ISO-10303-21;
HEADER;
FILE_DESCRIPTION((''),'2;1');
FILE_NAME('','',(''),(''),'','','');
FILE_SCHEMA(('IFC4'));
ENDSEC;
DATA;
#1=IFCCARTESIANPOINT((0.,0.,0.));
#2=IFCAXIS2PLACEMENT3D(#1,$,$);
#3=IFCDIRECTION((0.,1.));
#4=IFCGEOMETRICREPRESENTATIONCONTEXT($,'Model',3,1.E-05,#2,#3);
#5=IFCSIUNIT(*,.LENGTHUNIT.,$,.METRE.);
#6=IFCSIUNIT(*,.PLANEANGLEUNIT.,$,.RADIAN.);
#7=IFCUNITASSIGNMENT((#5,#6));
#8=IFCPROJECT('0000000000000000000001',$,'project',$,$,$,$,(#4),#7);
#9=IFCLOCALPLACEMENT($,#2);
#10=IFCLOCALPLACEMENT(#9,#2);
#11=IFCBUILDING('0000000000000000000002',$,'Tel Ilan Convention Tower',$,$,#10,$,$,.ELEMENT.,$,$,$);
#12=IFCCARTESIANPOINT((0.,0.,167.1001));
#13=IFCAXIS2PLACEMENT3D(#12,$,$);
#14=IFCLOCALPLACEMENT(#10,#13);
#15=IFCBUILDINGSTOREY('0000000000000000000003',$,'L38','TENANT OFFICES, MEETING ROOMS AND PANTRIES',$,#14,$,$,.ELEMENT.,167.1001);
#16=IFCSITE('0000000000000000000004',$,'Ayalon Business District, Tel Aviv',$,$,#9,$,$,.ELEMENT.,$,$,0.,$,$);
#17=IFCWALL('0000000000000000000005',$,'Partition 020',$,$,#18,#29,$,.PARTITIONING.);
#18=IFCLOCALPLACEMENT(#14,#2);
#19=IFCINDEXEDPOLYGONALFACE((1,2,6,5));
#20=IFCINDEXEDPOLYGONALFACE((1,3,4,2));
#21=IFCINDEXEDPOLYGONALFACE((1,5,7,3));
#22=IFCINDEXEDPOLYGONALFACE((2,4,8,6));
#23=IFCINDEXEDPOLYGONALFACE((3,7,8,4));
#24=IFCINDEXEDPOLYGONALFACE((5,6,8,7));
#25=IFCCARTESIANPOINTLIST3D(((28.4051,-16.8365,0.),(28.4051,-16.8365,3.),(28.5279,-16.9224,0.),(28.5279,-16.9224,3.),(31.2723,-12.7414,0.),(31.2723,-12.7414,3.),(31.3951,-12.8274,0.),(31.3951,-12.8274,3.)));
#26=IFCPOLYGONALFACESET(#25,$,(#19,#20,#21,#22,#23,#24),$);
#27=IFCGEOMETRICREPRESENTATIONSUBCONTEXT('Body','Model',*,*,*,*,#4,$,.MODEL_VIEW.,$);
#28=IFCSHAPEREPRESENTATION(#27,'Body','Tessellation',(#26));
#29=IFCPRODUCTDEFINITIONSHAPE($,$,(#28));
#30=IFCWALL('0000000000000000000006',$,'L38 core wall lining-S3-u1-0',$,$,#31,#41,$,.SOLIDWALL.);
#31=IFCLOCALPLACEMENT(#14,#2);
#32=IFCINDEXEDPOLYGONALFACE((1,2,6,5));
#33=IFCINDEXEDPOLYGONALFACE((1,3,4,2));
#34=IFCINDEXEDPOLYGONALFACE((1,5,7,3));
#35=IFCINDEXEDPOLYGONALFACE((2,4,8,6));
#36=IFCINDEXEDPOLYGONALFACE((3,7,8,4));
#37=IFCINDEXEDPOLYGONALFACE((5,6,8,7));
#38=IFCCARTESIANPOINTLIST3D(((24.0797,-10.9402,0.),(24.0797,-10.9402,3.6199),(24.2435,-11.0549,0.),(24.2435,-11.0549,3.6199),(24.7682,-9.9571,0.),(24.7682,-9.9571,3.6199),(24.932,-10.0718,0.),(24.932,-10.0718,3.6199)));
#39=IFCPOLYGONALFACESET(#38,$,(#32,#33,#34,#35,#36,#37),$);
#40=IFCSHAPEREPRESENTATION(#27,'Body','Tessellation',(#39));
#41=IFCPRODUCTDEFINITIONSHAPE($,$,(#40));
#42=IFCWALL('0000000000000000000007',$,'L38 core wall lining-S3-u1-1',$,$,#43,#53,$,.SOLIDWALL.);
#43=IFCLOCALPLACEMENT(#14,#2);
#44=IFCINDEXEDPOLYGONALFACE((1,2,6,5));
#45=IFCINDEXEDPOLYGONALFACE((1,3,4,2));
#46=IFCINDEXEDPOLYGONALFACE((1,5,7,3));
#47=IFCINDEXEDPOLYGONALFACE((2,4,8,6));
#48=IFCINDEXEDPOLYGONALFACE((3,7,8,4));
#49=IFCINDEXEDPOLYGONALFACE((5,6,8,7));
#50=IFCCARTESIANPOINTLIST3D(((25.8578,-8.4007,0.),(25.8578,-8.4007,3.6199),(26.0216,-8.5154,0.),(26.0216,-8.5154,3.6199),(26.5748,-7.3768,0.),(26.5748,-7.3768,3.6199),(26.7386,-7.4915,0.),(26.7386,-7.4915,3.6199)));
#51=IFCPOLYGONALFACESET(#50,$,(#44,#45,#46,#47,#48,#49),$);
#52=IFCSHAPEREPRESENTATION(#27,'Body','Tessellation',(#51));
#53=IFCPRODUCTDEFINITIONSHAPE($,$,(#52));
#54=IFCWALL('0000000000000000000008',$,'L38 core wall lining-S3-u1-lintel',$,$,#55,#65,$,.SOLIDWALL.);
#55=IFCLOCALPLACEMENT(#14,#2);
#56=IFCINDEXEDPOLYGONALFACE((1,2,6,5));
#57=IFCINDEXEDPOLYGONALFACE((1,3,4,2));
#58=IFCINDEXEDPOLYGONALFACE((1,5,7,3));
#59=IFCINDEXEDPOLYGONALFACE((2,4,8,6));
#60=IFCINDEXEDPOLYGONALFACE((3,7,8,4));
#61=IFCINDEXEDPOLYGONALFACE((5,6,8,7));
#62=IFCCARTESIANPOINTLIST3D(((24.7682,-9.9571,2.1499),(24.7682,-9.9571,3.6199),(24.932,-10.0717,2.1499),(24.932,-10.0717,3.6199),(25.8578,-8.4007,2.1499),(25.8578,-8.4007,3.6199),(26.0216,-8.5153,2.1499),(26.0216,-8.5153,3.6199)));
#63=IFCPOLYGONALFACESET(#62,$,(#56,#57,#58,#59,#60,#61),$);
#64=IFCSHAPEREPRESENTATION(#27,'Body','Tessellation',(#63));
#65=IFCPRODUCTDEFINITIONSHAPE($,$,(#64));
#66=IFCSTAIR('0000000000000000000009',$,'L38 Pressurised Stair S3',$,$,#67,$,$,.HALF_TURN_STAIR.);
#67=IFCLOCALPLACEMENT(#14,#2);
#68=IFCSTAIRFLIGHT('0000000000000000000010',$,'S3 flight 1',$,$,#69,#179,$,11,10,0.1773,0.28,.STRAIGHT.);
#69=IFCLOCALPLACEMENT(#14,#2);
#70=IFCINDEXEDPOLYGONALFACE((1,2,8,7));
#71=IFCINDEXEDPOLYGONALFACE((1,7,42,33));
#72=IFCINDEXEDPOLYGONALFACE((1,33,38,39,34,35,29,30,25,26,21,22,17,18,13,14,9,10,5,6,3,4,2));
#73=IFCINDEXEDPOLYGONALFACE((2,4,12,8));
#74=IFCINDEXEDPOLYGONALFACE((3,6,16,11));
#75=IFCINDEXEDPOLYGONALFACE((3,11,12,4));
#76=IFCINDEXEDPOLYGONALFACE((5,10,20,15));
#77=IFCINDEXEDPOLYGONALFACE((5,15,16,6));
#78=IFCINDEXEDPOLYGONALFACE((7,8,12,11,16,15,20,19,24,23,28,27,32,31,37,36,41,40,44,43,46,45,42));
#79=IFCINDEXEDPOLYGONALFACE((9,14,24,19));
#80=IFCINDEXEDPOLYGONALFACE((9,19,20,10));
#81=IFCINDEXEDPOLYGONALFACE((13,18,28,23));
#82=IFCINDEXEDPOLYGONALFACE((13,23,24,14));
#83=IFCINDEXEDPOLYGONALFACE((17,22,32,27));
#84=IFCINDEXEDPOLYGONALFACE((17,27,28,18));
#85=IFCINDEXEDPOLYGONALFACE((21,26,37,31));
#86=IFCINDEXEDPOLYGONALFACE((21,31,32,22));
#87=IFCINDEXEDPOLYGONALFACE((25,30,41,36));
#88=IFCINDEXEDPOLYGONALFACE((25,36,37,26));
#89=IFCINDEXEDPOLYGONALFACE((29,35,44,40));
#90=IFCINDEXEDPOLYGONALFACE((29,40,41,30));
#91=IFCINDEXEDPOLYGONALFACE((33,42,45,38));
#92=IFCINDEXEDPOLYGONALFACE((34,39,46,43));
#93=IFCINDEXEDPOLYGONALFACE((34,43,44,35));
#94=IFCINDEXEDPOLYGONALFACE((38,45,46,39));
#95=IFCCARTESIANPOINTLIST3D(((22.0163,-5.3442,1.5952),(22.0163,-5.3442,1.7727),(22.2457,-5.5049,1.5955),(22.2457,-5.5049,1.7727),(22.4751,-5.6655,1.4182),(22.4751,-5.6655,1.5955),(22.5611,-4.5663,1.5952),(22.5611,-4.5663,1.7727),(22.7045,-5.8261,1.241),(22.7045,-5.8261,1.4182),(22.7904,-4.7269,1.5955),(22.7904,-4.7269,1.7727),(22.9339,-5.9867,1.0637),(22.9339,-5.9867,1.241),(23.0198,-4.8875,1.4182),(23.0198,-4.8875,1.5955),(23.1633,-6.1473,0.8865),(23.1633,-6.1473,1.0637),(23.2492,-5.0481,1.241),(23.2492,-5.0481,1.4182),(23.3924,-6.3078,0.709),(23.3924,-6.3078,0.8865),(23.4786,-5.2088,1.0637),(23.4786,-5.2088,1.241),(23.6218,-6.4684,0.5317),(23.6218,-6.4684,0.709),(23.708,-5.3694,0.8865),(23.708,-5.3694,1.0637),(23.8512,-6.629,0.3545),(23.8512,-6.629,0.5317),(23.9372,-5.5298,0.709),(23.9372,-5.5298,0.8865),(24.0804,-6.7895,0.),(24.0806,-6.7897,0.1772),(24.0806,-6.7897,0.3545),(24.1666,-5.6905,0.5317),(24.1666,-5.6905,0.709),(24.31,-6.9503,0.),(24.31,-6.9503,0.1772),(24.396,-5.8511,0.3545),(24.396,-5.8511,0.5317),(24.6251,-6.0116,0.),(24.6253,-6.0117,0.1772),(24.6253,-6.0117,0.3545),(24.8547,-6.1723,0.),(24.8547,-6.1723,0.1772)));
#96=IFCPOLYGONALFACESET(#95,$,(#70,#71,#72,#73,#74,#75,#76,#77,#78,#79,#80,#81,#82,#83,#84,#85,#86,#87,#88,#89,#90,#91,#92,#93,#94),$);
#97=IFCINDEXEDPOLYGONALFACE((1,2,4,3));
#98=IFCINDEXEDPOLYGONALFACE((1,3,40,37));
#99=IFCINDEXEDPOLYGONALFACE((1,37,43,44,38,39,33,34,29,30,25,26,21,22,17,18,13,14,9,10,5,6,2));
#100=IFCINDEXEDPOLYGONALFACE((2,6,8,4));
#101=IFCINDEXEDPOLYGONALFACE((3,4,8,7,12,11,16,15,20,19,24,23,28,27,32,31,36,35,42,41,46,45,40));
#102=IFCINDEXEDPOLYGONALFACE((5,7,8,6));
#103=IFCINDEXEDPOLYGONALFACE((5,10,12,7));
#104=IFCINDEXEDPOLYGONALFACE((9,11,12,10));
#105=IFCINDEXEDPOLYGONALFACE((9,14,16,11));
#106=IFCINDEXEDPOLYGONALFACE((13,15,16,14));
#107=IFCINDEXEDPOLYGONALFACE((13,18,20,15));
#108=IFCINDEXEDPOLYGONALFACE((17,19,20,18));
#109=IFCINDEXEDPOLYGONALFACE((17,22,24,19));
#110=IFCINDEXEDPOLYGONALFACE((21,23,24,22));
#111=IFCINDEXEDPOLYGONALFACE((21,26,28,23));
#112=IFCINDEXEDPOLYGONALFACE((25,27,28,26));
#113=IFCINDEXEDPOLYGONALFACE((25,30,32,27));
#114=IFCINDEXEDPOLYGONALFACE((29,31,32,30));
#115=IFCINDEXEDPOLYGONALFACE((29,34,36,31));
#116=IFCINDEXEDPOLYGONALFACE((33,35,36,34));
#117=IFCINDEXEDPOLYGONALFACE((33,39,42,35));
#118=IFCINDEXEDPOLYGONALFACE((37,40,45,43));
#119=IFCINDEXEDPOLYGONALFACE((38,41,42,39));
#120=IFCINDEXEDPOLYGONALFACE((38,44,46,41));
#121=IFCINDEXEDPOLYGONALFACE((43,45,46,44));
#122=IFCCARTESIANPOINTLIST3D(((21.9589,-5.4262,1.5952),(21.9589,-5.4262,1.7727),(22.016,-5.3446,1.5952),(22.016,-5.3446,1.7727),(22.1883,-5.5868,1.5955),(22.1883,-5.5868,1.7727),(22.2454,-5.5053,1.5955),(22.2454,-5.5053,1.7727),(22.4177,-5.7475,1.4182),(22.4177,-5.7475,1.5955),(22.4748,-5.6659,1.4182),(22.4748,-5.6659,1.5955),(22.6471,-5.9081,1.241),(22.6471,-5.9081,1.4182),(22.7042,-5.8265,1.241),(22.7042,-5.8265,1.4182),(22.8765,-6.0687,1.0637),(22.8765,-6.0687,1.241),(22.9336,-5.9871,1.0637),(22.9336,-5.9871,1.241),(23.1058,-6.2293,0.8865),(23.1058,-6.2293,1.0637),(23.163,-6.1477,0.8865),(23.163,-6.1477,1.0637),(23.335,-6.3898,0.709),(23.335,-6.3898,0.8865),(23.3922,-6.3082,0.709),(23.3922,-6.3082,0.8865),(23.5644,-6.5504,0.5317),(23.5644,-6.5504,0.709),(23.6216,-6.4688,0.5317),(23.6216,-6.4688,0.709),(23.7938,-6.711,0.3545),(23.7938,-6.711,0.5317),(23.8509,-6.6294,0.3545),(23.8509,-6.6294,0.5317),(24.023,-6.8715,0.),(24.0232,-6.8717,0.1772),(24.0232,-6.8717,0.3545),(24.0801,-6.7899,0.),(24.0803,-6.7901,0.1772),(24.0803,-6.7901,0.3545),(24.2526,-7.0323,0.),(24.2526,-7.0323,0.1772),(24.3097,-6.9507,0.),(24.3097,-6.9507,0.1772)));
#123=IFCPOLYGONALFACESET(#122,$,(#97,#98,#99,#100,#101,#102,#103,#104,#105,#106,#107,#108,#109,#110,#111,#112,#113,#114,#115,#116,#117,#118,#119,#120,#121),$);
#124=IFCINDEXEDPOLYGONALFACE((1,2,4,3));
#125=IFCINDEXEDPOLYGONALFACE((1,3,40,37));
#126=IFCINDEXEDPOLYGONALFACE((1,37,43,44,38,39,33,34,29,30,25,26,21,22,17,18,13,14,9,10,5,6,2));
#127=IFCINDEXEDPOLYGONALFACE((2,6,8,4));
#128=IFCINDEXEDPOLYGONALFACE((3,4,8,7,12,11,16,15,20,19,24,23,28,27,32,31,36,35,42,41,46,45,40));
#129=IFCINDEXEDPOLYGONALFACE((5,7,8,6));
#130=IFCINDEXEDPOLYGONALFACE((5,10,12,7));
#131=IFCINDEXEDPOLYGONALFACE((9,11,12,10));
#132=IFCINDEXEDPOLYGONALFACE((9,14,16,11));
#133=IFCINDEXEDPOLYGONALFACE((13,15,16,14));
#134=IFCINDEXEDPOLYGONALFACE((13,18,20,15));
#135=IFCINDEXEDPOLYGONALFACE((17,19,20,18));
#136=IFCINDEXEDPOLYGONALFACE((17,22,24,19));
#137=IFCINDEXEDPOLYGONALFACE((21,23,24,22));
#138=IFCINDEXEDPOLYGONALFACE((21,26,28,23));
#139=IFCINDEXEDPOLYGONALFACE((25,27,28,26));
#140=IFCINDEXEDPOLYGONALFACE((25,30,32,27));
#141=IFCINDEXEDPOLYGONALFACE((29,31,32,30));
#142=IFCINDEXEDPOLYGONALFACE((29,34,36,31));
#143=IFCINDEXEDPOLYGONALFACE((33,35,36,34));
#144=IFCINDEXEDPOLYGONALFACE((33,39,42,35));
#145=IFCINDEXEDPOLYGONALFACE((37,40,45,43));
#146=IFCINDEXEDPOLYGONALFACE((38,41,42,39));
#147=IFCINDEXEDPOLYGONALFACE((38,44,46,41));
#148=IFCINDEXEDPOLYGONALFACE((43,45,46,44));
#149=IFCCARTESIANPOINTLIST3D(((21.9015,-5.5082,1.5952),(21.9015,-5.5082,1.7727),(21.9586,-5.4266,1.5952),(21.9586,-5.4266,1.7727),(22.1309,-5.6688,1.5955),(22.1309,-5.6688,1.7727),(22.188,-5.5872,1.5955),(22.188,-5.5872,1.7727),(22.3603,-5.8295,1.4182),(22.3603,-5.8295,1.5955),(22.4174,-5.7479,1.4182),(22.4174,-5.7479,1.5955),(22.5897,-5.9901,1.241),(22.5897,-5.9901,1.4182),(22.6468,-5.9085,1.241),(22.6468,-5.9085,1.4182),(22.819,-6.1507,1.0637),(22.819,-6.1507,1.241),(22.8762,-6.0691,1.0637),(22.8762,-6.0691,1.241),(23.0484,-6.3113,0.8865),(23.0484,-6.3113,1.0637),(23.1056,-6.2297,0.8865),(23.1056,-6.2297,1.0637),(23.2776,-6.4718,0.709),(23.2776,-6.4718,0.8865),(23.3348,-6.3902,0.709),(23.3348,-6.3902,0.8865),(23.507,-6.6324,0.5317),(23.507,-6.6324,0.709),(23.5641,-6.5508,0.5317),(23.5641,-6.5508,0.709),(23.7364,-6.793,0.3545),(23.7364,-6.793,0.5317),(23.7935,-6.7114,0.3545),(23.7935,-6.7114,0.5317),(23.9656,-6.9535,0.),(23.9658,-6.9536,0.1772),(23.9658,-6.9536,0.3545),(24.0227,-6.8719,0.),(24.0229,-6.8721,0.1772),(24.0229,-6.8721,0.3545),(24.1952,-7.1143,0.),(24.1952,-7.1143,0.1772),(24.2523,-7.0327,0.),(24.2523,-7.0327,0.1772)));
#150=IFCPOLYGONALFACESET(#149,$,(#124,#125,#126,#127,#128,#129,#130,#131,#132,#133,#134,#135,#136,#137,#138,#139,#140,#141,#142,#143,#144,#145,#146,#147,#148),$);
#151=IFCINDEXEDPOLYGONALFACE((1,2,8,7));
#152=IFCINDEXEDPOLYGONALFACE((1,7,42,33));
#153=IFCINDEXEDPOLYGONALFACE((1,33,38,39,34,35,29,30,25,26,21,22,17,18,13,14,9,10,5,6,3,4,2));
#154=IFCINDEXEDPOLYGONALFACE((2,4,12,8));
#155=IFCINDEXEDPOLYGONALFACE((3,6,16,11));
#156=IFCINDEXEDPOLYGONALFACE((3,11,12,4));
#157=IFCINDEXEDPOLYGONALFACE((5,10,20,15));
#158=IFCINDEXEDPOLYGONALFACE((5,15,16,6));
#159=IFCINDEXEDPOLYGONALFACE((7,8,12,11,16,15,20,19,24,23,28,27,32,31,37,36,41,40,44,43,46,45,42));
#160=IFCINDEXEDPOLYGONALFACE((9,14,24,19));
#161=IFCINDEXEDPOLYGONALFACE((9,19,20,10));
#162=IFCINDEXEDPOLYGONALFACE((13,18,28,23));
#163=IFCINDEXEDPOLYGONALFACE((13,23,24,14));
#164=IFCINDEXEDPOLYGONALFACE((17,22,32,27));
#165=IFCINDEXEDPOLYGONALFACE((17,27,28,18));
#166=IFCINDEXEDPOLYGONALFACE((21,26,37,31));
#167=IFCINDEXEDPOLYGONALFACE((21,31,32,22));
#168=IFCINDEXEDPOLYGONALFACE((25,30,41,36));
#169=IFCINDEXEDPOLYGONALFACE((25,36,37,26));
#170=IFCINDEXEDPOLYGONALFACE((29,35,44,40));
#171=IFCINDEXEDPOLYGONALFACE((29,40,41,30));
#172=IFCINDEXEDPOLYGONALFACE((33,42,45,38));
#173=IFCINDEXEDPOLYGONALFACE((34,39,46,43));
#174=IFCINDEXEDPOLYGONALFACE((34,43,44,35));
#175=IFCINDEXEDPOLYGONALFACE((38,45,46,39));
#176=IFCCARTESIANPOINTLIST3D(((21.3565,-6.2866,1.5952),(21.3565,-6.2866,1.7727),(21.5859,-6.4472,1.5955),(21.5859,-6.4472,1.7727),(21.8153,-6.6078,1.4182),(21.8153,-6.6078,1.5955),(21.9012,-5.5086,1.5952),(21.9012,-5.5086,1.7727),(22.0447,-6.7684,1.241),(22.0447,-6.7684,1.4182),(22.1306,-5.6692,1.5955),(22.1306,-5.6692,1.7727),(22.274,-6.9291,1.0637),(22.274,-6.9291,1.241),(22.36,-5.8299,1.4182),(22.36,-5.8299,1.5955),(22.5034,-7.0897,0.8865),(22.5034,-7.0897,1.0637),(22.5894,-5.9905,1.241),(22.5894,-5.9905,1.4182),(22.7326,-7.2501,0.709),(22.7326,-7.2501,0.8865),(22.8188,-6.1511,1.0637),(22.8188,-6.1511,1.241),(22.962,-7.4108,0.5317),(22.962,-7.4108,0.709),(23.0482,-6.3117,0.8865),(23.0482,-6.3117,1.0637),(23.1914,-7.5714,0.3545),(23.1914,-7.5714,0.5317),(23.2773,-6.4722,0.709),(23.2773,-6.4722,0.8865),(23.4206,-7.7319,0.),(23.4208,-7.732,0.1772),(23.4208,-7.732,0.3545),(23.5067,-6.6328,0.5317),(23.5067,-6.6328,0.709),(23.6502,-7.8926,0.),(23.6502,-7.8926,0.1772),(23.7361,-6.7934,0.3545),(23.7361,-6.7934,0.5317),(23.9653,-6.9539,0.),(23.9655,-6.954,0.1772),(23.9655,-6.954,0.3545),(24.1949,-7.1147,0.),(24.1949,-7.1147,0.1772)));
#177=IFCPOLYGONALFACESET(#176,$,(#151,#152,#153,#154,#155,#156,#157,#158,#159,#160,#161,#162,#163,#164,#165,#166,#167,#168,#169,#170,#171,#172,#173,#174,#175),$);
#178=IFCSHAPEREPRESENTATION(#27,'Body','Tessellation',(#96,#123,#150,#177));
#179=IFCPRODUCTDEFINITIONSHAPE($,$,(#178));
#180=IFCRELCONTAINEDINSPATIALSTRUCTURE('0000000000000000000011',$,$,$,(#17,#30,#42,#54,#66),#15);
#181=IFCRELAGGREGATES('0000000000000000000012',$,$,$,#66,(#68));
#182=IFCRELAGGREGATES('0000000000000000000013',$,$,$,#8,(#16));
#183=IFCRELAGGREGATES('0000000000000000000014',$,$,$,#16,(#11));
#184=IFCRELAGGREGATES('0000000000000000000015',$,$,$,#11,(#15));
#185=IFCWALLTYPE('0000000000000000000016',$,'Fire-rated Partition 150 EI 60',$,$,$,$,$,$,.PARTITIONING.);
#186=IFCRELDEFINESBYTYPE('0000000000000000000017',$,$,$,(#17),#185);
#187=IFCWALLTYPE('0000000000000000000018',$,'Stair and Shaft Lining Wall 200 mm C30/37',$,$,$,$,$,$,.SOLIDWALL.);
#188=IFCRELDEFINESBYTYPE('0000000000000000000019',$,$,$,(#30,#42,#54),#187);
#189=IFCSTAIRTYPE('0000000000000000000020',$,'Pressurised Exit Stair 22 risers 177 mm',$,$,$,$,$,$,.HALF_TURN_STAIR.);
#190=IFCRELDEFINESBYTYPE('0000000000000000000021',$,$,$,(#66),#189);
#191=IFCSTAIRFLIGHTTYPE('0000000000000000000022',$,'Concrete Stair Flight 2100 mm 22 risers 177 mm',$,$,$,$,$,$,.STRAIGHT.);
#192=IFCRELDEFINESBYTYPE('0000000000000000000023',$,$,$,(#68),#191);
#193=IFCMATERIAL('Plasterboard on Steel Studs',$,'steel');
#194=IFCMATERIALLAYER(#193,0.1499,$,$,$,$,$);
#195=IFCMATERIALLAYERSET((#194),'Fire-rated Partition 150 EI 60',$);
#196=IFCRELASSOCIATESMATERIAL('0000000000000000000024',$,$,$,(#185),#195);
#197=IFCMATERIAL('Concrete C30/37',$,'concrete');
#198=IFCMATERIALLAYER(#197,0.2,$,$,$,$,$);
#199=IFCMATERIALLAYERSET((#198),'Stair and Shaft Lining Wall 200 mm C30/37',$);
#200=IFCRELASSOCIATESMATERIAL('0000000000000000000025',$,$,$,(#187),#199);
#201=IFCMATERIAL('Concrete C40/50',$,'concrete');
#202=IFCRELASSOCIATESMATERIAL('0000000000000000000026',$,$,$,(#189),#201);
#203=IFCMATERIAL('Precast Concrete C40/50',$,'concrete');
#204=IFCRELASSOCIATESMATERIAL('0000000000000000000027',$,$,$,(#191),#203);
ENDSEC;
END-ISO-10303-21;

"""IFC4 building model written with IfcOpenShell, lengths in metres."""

from ifc_helpers import new_model, si_unit, direction, frame, frame_2d, origin, place, context, subcontext, project, spatial, polyline, rectangle, outline, extrude, material, layer, layer_set, type_object, element, aggregate, save


model = new_model("IFC4")

# Units and contexts
model_context = context("Model", 3, precision=1e-05, world=origin(), true_north=direction((0.0, 1.0)))
body_context = subcontext(model_context, "Body", "Model", "MODEL_VIEW")
ifc_project = project(units=[si_unit("LENGTHUNIT", "METRE"), si_unit("PLANEANGLEUNIT", "RADIAN")], contexts=[model_context])

# Site, building, storey
site_placement = place(None, origin())
site = spatial("IfcSite", under=ifc_project, at=site_placement, Name="Ayalon Business District, Tel Aviv", CompositionType="ELEMENT", RefElevation=0.0)
building_placement = place(site_placement, origin())
building = spatial("IfcBuilding", under=site, at=building_placement, Name="Tel Ilan Convention Tower", CompositionType="ELEMENT")
storey_placement = place(building_placement, frame((0.0, 0.0, 167.1001)))
storey = spatial("IfcBuildingStorey", under=building, at=storey_placement, Name="L38", Description="TENANT OFFICES, MEETING ROOMS AND PANTRIES", CompositionType="ELEMENT", Elevation=167.1001)

# Walls
ifc_material_1 = material(Name="Plasterboard on Steel Studs", Category="steel")
ifc_layer_1 = layer(ifc_material_1, 0.1499)
ifc_layer_set_1 = layer_set([ifc_layer_1], Name="Fire-rated Partition 150 EI 60")
wall_type_1 = type_object("IfcWallType", Name="Fire-rated Partition 150 EI 60", PredefinedType="PARTITIONING", material=ifc_layer_set_1)
wall_1_placement = place(storey_placement, frame((31.3337, -12.7844, 0.0), z_axis=(0.0, 0.0, 1.0), x_axis=(-0.573557, -0.819165, 0.0)))
element("IfcWall", 1, at=wall_1_placement, inside=storey, type_object=wall_type_1, Name="Partition 020", PredefinedType="PARTITIONING", context=body_context, shape_type="SweptSolid", body=[
    extrude(rectangle(XDim=4.999, YDim=0.1499, at=frame_2d((2.4995, 0.0))), origin(), (0.0, 0.0, 1.0), 3.0),
])
ifc_material_2 = material(Name="Concrete C30/37", Category="concrete")
ifc_layer_2 = layer(ifc_material_2, 0.2)
ifc_layer_set_2 = layer_set([ifc_layer_2], Name="Stair and Shaft Lining Wall 200 mm C30/37")
wall_type_2 = type_object("IfcWallType", Name="Stair and Shaft Lining Wall 200 mm C30/37", PredefinedType="SOLIDWALL", material=ifc_layer_set_2)
wall_2_placement = place(storey_placement, frame((24.1616, -10.9976, 0.0), z_axis=(0.0, 0.0, 1.0), x_axis=(0.573613, 0.819127, 0.0)))
element("IfcWall", 2, at=wall_2_placement, inside=storey, type_object=wall_type_2, Name="L38 core wall lining-S3-u1-0", PredefinedType="SOLIDWALL", context=body_context, shape_type="SweptSolid", body=[
    extrude(rectangle(XDim=1.2002, YDim=0.2, at=frame_2d((0.6001, 0.0))), origin(), (0.0, 0.0, 1.0), 3.6199),
])
wall_3_placement = place(storey_placement, frame((25.9397, -8.458, 0.0), z_axis=(0.0, 0.0, 1.0), x_axis=(0.57362, 0.819122, 0.0)))
element("IfcWall", 3, at=wall_3_placement, inside=storey, type_object=wall_type_2, Name="L38 core wall lining-S3-u1-1", PredefinedType="SOLIDWALL", context=body_context, shape_type="SweptSolid", body=[
    extrude(rectangle(XDim=1.25, YDim=0.2, at=frame_2d((0.625, 0.0))), origin(), (0.0, 0.0, 1.0), 3.6199),
])
wall_4_placement = place(storey_placement, frame((24.8501, -10.0144, 2.1499), z_axis=(0.0, 0.0, 1.0), x_axis=(0.573505, 0.819202, 0.0)))
element("IfcWall", 4, at=wall_4_placement, inside=storey, type_object=wall_type_2, Name="L38 core wall lining-S3-u1-lintel", PredefinedType="SOLIDWALL", context=body_context, shape_type="SweptSolid", body=[
    extrude(rectangle(XDim=1.8999, YDim=0.2, at=frame_2d((0.95, 0.0))), origin(), (0.0, 0.0, 1.0), 1.47),
])

# Stair, stair flight
ifc_material_3 = material(Name="Concrete C40/50", Category="concrete")
stair_type = type_object("IfcStairType", Name="Pressurised Exit Stair 22 risers 177 mm", PredefinedType="HALF_TURN_STAIR", material=ifc_material_3)
stair_placement = place(storey_placement, origin())
stair = element("IfcStair", 5, at=stair_placement, inside=storey, type_object=stair_type, Name="L38 Pressurised Stair S3", PredefinedType="HALF_TURN_STAIR")
ifc_material_4 = material(Name="Precast Concrete C40/50", Category="concrete")
stair_flight_type = type_object("IfcStairFlightType", Name="Concrete Stair Flight 2100 mm 22 risers 177 mm", PredefinedType="STRAIGHT", material=ifc_material_4)
stair_flight_placement = place(storey_placement, frame((24.2524, -7.0325, 0.0), z_axis=(0.0, 0.0, 1.0), x_axis=(-0.819152, 0.573576, 0.0)))
stair_flight = element("IfcStairFlight", 6, at=stair_flight_placement, type_object=stair_flight_type, Name="S3 flight 1", NumberOfRisers=11, NumberOfTreads=10, PredefinedType="STRAIGHT", RiserHeight=0.1773, TreadLength=0.28, context=body_context, shape_type="SweptSolid", body=[
    extrude(outline(polyline([(0.0, 0.0), (0.0, 0.1772), (0.28, 0.1772), (0.28, 0.3545), (0.5601, 0.3545), (0.5601, 0.5317), (0.8401, 0.5317), (0.8401, 0.709), (1.1201, 0.709), (1.1201, 0.8865), (1.3999, 0.8865), (1.3999, 1.0637), (1.6799, 1.0637), (1.6799, 1.241), (1.96, 1.241), (1.96, 1.4182), (2.24, 1.4182), (2.24, 1.5955), (2.52, 1.5955), (2.52, 1.7727), (2.8, 1.7727), (2.8, 1.95), (2.8, 1.5952), (0.2803, 0.0), (0.0, 0.0)])), frame((0.0, -0.1003, 0.0), z_axis=(0.0, -1.0, 0.0), x_axis=(1.0, 0.0, 0.0)), (0.0, 0.0, 1.0), 0.9497),
    extrude(outline(polyline([(0.0, 0.0), (0.0, 0.1772), (0.28, 0.1772), (0.28, 0.3545), (0.5601, 0.3545), (0.5601, 0.5317), (0.8401, 0.5317), (0.8401, 0.709), (1.1201, 0.709), (1.1201, 0.8865), (1.3999, 0.8865), (1.3999, 1.0637), (1.6799, 1.0637), (1.6799, 1.241), (1.96, 1.241), (1.96, 1.4182), (2.24, 1.4182), (2.24, 1.5955), (2.52, 1.5955), (2.52, 1.7727), (2.8, 1.7727), (2.8, 1.95), (2.8, 1.5952), (0.2803, 0.0), (0.0, 0.0)])), frame((0.0, -0.0002, 0.0), z_axis=(0.0, -1.0, 0.0), x_axis=(1.0, 0.0, 0.0)), (0.0, 0.0, 1.0), 0.0996),
    extrude(outline(polyline([(0.0, 0.0), (0.0, 0.1772), (0.28, 0.1772), (0.28, 0.3545), (0.5601, 0.3545), (0.5601, 0.5317), (0.8401, 0.5317), (0.8401, 0.709), (1.1201, 0.709), (1.1201, 0.8865), (1.3999, 0.8865), (1.3999, 1.0637), (1.6799, 1.0637), (1.6799, 1.241), (1.96, 1.241), (1.96, 1.4182), (2.24, 1.4182), (2.24, 1.5955), (2.52, 1.5955), (2.52, 1.7727), (2.8, 1.7727), (2.8, 1.95), (2.8, 1.5952), (0.2803, 0.0), (0.0, 0.0)])), frame((0.0, 0.0999, 0.0), z_axis=(0.0, -1.0, 0.0), x_axis=(1.0, 0.0, 0.0)), (0.0, 0.0, 1.0), 0.0996),
    extrude(outline(polyline([(0.0, 0.0), (0.0, 0.1772), (0.28, 0.1772), (0.28, 0.3545), (0.5601, 0.3545), (0.5601, 0.5317), (0.8401, 0.5317), (0.8401, 0.709), (1.1201, 0.709), (1.1201, 0.8865), (1.3999, 0.8865), (1.3999, 1.0637), (1.6799, 1.0637), (1.6799, 1.241), (1.96, 1.241), (1.96, 1.4182), (2.24, 1.4182), (2.24, 1.5955), (2.52, 1.5955), (2.52, 1.7727), (2.8, 1.7727), (2.8, 1.95), (2.8, 1.5952), (0.2803, 0.0), (0.0, 0.0)])), frame((0.0, 1.05, 0.0), z_axis=(0.0, -1.0, 0.0), x_axis=(1.0, 0.0, 0.0)), (0.0, 0.0, 1.0), 0.9497),
])
aggregate(stair, [stair_flight])

save(model, "model.ifc")
